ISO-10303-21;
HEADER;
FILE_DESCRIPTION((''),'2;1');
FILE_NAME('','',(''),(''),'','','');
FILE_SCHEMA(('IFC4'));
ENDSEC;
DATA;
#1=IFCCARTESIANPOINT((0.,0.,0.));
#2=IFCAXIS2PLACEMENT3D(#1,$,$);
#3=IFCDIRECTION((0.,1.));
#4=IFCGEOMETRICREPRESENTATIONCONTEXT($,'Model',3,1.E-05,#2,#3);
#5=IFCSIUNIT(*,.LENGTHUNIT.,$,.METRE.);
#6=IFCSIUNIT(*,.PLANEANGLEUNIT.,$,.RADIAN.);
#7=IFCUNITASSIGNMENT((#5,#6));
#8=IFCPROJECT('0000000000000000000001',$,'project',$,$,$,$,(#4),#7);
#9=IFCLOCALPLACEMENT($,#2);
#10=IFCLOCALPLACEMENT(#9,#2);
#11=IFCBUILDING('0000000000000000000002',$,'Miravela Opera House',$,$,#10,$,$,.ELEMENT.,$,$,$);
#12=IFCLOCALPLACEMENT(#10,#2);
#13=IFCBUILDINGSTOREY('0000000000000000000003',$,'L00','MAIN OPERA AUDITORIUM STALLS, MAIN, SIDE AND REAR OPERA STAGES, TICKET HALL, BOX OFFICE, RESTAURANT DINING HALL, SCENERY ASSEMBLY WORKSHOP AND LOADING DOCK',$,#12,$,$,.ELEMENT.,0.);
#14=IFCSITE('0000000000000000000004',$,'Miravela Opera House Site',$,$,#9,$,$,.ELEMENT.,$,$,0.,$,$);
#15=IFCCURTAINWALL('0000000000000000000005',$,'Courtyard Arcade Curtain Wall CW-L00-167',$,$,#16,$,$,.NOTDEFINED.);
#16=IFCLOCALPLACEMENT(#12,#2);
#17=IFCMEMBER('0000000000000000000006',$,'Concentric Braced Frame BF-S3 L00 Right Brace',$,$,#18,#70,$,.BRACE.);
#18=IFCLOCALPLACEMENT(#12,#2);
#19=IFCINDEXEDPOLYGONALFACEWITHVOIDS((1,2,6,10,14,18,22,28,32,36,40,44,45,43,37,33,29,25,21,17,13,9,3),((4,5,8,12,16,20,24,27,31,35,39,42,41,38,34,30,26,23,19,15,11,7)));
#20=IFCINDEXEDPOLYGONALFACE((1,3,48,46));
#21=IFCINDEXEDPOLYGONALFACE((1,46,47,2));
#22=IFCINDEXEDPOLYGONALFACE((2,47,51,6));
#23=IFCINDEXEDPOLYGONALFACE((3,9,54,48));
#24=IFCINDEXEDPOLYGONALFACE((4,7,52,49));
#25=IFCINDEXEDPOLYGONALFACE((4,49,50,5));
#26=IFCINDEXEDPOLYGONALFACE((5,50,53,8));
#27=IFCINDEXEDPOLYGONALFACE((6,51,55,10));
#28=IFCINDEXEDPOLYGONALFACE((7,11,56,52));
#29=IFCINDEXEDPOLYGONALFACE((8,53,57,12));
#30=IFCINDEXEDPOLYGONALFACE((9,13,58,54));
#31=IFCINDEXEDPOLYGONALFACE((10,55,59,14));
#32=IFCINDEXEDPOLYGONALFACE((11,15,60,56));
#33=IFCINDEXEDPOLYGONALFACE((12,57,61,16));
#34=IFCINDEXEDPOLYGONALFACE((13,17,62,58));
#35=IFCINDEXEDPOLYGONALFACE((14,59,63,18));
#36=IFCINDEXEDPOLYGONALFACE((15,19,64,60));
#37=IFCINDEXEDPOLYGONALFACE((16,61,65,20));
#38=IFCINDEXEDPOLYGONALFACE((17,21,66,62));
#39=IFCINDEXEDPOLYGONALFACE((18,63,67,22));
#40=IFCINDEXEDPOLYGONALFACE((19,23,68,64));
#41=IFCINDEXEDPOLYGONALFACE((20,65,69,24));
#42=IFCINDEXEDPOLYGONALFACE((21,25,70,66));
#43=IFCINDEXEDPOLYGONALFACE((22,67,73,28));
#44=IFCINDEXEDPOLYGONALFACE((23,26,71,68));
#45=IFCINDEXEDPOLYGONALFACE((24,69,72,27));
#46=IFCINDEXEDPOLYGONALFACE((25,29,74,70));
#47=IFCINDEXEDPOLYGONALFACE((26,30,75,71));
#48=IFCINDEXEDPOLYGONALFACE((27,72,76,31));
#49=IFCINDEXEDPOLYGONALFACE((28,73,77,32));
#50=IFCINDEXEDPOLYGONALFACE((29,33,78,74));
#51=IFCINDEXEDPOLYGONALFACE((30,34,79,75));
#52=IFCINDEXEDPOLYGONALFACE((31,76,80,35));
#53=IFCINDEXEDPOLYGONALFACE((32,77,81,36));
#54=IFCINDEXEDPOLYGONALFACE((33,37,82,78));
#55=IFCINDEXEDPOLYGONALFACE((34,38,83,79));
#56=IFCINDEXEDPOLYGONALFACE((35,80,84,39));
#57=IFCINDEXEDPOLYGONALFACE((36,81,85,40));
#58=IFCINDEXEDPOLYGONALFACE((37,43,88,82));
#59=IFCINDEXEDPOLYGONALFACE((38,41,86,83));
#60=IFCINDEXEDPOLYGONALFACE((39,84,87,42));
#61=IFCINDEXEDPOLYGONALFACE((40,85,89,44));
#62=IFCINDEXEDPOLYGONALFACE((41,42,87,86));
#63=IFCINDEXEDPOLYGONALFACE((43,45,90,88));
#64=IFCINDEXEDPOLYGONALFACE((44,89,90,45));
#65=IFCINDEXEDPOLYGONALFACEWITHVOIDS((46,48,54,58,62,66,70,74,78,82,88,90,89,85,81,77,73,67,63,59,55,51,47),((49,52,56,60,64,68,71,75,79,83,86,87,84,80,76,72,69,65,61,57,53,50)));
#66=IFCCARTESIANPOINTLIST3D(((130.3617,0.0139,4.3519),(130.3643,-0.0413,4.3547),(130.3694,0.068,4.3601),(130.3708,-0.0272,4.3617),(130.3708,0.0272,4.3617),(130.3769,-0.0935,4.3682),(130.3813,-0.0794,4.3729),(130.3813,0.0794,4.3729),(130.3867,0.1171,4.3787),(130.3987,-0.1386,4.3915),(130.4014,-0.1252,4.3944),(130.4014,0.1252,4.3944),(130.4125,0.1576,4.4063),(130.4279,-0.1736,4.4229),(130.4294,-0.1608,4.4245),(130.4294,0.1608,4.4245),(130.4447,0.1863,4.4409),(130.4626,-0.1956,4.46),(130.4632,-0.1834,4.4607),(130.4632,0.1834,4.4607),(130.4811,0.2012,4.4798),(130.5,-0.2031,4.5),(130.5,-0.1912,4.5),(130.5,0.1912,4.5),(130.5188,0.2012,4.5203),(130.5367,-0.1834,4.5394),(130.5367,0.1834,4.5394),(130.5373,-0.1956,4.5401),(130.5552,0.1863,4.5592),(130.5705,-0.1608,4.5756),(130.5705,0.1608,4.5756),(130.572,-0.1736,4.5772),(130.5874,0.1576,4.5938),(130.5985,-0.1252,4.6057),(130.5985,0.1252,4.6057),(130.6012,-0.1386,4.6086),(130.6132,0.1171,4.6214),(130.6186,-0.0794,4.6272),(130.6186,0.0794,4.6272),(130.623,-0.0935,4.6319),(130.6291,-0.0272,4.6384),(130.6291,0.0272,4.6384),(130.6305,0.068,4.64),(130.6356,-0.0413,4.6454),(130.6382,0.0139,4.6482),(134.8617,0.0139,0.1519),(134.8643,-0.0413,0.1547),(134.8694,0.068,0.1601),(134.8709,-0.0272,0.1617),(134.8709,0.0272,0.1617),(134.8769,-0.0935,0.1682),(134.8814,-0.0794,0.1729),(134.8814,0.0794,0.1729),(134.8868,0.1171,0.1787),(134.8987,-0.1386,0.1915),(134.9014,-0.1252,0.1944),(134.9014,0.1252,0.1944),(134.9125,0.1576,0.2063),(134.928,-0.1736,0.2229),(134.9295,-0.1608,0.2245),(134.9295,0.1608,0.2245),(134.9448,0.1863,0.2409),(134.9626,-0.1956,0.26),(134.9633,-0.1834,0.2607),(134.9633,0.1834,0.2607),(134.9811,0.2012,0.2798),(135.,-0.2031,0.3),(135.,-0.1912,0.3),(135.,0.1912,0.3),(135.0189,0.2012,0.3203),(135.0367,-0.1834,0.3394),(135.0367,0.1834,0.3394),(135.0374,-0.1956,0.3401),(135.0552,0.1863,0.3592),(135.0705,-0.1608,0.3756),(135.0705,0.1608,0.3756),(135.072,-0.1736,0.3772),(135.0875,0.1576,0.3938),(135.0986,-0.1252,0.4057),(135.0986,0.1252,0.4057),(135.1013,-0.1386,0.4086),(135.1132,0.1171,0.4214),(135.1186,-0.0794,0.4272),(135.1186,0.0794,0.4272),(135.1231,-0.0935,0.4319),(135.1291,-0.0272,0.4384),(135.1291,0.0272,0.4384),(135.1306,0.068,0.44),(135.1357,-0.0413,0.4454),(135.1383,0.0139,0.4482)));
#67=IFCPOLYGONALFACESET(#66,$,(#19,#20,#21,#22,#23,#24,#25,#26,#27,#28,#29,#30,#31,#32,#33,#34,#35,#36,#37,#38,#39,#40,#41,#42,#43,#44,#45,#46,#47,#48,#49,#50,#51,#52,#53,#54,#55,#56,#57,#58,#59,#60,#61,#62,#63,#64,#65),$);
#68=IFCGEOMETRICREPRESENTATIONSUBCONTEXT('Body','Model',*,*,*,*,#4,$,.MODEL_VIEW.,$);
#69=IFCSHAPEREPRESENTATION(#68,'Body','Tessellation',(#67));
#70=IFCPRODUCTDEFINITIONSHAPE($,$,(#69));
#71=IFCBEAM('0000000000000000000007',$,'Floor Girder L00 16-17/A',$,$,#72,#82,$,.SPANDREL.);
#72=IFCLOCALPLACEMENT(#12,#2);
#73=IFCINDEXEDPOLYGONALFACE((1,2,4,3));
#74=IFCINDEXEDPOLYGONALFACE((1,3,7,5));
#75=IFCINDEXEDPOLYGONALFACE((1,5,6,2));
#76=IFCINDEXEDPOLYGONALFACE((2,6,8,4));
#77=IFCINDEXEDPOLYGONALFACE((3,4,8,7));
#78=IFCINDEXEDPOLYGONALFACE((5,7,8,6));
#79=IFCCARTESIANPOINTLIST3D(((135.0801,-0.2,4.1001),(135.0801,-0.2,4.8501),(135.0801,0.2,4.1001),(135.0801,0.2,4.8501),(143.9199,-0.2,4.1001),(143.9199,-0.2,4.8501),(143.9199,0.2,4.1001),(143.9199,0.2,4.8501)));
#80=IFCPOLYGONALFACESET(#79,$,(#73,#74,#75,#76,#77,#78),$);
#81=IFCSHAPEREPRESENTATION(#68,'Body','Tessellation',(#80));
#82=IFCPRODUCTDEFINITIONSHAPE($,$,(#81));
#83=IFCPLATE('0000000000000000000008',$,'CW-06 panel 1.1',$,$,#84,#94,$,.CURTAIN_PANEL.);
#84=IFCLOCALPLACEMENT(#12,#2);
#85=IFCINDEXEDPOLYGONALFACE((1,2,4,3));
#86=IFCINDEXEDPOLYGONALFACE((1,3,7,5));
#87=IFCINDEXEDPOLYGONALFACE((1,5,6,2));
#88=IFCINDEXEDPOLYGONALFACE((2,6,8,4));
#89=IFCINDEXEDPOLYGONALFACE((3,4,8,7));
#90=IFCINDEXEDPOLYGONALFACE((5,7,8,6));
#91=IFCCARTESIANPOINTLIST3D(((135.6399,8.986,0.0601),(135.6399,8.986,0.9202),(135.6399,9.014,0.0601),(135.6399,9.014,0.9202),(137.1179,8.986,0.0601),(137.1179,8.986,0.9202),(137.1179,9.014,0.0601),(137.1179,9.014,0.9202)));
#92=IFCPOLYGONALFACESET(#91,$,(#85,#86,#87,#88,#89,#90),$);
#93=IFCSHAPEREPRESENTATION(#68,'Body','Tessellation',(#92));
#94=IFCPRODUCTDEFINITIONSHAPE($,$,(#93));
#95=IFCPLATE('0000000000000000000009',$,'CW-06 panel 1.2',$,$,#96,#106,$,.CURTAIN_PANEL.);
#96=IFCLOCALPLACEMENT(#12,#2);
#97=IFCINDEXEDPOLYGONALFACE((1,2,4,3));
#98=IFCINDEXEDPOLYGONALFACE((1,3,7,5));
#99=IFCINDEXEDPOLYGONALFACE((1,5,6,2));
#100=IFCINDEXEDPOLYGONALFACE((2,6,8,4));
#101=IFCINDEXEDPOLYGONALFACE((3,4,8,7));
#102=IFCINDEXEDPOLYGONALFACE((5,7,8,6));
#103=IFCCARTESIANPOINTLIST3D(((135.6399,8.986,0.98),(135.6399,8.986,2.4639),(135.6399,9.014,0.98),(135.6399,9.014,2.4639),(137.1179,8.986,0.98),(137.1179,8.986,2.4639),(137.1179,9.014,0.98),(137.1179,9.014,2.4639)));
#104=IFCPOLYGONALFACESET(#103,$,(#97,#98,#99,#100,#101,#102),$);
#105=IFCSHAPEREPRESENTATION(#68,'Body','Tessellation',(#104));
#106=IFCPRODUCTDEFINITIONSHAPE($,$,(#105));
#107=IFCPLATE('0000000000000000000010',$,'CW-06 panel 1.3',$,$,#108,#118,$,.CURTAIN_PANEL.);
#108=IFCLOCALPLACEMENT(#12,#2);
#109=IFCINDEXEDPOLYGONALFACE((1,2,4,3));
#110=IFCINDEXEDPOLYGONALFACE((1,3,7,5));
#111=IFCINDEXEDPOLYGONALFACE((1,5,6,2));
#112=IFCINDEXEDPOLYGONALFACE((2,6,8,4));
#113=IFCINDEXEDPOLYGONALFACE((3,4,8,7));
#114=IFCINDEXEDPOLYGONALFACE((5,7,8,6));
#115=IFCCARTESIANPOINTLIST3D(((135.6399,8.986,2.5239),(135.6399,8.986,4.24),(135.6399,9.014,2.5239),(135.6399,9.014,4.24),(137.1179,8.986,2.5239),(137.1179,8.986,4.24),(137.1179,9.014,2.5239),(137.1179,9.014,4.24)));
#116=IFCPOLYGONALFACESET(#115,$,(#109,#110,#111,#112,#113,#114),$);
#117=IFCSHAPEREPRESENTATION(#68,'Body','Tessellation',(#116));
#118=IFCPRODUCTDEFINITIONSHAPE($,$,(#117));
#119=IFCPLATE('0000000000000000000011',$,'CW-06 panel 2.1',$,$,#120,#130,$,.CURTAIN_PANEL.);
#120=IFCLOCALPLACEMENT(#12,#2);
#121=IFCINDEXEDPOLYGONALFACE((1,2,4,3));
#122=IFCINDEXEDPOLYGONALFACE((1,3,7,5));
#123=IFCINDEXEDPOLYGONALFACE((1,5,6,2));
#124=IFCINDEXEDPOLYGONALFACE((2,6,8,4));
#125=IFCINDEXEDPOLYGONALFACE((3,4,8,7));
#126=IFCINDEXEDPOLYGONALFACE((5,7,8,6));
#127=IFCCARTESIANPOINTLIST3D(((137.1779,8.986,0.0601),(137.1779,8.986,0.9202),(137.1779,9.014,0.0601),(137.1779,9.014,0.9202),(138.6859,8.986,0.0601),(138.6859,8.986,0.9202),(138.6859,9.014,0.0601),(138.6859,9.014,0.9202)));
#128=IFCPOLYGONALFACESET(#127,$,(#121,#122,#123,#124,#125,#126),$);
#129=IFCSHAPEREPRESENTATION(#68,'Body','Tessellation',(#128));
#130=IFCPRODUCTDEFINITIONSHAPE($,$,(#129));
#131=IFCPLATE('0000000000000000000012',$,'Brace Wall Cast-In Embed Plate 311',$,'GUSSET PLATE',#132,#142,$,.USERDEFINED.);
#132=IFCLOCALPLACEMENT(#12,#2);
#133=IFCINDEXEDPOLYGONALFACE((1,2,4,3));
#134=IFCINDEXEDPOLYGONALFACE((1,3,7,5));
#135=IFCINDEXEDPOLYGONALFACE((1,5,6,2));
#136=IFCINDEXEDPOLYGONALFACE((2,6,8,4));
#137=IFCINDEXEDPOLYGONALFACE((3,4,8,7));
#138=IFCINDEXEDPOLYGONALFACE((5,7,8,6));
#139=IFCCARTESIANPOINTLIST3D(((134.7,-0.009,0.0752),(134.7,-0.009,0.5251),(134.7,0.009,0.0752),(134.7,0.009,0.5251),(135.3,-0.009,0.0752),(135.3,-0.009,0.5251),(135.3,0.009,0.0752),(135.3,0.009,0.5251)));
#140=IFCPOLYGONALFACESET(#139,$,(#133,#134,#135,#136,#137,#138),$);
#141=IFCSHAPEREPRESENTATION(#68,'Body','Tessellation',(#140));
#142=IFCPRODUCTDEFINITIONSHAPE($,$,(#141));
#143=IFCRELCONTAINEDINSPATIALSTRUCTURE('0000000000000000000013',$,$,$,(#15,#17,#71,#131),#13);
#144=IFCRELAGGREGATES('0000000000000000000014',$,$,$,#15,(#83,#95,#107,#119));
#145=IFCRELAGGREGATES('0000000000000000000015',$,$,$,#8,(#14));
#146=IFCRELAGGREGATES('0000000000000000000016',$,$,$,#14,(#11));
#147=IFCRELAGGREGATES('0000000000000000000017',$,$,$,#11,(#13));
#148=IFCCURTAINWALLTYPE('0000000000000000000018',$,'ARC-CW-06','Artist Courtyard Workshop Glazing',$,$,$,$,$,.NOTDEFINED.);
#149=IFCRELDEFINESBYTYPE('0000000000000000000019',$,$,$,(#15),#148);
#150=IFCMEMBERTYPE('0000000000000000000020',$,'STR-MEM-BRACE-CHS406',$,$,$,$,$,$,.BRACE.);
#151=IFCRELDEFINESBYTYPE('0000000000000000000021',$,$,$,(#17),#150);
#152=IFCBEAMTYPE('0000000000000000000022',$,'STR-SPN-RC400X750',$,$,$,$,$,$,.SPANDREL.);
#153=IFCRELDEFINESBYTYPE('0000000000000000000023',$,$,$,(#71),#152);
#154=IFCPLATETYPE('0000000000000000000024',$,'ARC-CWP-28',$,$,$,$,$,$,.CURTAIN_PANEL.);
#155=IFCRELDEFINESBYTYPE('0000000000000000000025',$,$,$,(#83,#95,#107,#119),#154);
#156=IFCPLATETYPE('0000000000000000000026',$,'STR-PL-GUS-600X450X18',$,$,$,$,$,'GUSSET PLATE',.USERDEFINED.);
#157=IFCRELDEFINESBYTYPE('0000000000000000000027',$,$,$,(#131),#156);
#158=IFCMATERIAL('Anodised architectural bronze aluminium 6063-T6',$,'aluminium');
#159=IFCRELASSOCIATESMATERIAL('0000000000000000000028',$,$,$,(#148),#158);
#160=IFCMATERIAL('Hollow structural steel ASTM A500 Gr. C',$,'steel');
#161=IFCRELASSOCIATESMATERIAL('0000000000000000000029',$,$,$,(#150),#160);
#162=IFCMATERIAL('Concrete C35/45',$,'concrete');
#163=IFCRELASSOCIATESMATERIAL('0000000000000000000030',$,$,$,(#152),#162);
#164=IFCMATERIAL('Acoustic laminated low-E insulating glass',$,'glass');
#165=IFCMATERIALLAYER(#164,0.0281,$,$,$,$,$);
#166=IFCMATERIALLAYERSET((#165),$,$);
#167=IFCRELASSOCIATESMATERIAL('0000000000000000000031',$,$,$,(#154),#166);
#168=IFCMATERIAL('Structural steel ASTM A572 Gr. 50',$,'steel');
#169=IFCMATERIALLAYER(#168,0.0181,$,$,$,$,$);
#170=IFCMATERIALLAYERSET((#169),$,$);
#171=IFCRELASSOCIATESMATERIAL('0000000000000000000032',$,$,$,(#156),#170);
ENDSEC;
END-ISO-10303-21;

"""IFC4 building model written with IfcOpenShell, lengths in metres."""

from ifc_helpers import new_model, si_unit, direction, frame, origin, origin_2d, place, context, subcontext, project, spatial, rectangle, hollow_circle, extrude, material, layer, layer_set, material_profile, profile_set, type_object, element, aggregate, save


model = new_model("IFC4")

# Units and contexts
model_context = context("Model", 3, precision=1e-05, world=origin(), true_north=direction((0.0, 1.0)))
body_context = subcontext(model_context, "Body", "Model", "MODEL_VIEW")
ifc_project = project(units=[si_unit("LENGTHUNIT", "METRE"), si_unit("PLANEANGLEUNIT", "RADIAN")], contexts=[model_context])

# Site, building, storey
site_placement = place(None, origin())
site = spatial("IfcSite", under=ifc_project, at=site_placement, Name="Miravela Opera House Site", CompositionType="ELEMENT", RefElevation=0.0)
building_placement = place(site_placement, origin())
building = spatial("IfcBuilding", under=site, at=building_placement, Name="Miravela Opera House", CompositionType="ELEMENT")
storey_placement = place(building_placement, origin())
storey = spatial("IfcBuildingStorey", under=building, at=storey_placement, Name="L00", Description="MAIN OPERA AUDITORIUM STALLS, MAIN, SIDE AND REAR OPERA STAGES, TICKET HALL, BOX OFFICE, RESTAURANT DINING HALL, SCENERY ASSEMBLY WORKSHOP AND LOADING DOCK", CompositionType="ELEMENT", Elevation=0.0)

# Shared definitions
ifc_material_1 = material(Name="Concrete C35/45", Category="concrete")

# Shared definitions
ifc_material_2 = material(Name="Anodised architectural bronze aluminium 6063-T6", Category="aluminium")
curtain_wall_type = type_object("IfcCurtainWallType", Name="ARC-CW-06", Description="Artist Courtyard Workshop Glazing", PredefinedType="NOTDEFINED", material=ifc_material_2)

# Curtain wall
curtain_wall_1_placement = place(storey_placement, origin())
curtain_wall_1 = element("IfcCurtainWall", 1, at=curtain_wall_1_placement, inside=storey, type_object=curtain_wall_type, Name="Courtyard Arcade Curtain Wall CW-L00-167", PredefinedType="NOTDEFINED")

# Member
ifc_material_3 = material(Name="Hollow structural steel ASTM A500 Gr. C", Category="steel")
ifc_material_profile_1 = material_profile(ifc_material_3, hollow_circle(Radius=0.2031, WallThickness=0.012, at=origin_2d()), Name="CHS406X12")
ifc_profile_set_1 = profile_set([ifc_material_profile_1])
member_type_1 = type_object("IfcMemberType", Name="STR-MEM-BRACE-CHS406", PredefinedType="BRACE", material=ifc_profile_set_1)
member_1_placement = place(storey_placement, frame((135.0, 0.0, 0.3), z_axis=(-0.731059, 0.0, 0.682314), x_axis=(0.0, -1.0, 0.0)))
element("IfcMember", 2, at=member_1_placement, inside=storey, type_object=member_type_1, Name="Concentric Braced Frame BF-S3 L00 Right Brace", PredefinedType="BRACE", context=body_context, shape_type="SweptSolid", body=[
    extrude(hollow_circle(Radius=0.2031, WallThickness=0.012, at=origin_2d()), origin(), (0.0, 0.0, 1.0), 6.1555),
])

# Beam
ifc_material_profile_2 = material_profile(ifc_material_1, rectangle(XDim=0.3999, YDim=0.75, at=origin_2d()), Name="RC-SPN-400X750")
ifc_profile_set_2 = profile_set([ifc_material_profile_2])
beam_type_1 = type_object("IfcBeamType", Name="STR-SPN-RC400X750", PredefinedType="SPANDREL", material=ifc_profile_set_2)
beam_1_placement = place(storey_placement, frame((135.0801, 0.0, 4.4751), z_axis=(1.0, 0.0, 0.0), x_axis=(0.0, 1.0, 0.0)))
element("IfcBeam", 3, at=beam_1_placement, inside=storey, type_object=beam_type_1, Name="Floor Girder L00 16-17/A", PredefinedType="SPANDREL", context=body_context, shape_type="SweptSolid", body=[
    extrude(rectangle(XDim=0.3999, YDim=0.75, at=origin_2d()), origin(), (0.0, 0.0, 1.0), 8.8398),
])

# Plates
ifc_material_4 = material(Name="Acoustic laminated low-E insulating glass", Category="glass")
ifc_layer_1 = layer(ifc_material_4, 0.0281)
ifc_layer_set_1 = layer_set([ifc_layer_1])
plate_type_1 = type_object("IfcPlateType", Name="ARC-CWP-28", PredefinedType="CURTAIN_PANEL", material=ifc_layer_set_1)
plate_1_placement = place(storey_placement, frame((136.3789, 9.0, 0.0601), z_axis=(0.0, 0.0, 1.0), x_axis=(1.0, 0.0, 0.0)))
plate_1 = element("IfcPlate", 4, at=plate_1_placement, type_object=plate_type_1, Name="CW-06 panel 1.1", PredefinedType="CURTAIN_PANEL", context=body_context, shape_type="SweptSolid", body=[
    extrude(rectangle(XDim=1.478, YDim=0.0281, at=origin_2d()), origin(), (0.0, 0.0, 1.0), 0.8601),
])
plate_2_placement = place(storey_placement, frame((136.3789, 9.0, 0.98), z_axis=(0.0, 0.0, 1.0), x_axis=(1.0, 0.0, 0.0)))
plate_2 = element("IfcPlate", 5, at=plate_2_placement, type_object=plate_type_1, Name="CW-06 panel 1.2", PredefinedType="CURTAIN_PANEL", context=body_context, shape_type="SweptSolid", body=[
    extrude(rectangle(XDim=1.478, YDim=0.0281, at=origin_2d()), origin(), (0.0, 0.0, 1.0), 1.4839),
])
plate_3_placement = place(storey_placement, frame((136.3789, 9.0, 2.5239), z_axis=(0.0, 0.0, 1.0), x_axis=(1.0, 0.0, 0.0)))
plate_3 = element("IfcPlate", 6, at=plate_3_placement, type_object=plate_type_1, Name="CW-06 panel 1.3", PredefinedType="CURTAIN_PANEL", context=body_context, shape_type="SweptSolid", body=[
    extrude(rectangle(XDim=1.478, YDim=0.0281, at=origin_2d()), origin(), (0.0, 0.0, 1.0), 1.7161),
])
plate_4_placement = place(storey_placement, frame((137.9319, 9.0, 0.0601), z_axis=(0.0, 0.0, 1.0), x_axis=(1.0, 0.0, 0.0)))
plate_4 = element("IfcPlate", 7, at=plate_4_placement, type_object=plate_type_1, Name="CW-06 panel 2.1", PredefinedType="CURTAIN_PANEL", context=body_context, shape_type="SweptSolid", body=[
    extrude(rectangle(XDim=1.5081, YDim=0.0281, at=origin_2d()), origin(), (0.0, 0.0, 1.0), 0.8601),
])
aggregate(curtain_wall_1, [plate_1, plate_2, plate_3, plate_4])
ifc_material_5 = material(Name="Structural steel ASTM A572 Gr. 50", Category="steel")
ifc_layer_2 = layer(ifc_material_5, 0.0181)
ifc_layer_set_2 = layer_set([ifc_layer_2])
plate_type_2 = type_object("IfcPlateType", Name="STR-PL-GUS-600X450X18", ElementType="GUSSET PLATE", PredefinedType="USERDEFINED", material=ifc_layer_set_2)
plate_5_placement = place(storey_placement, frame((135.0, 0.0, 0.0752), z_axis=(0.0, 0.0, 1.0), x_axis=(1.0, 0.0, 0.0)))
element("IfcPlate", 8, at=plate_5_placement, inside=storey, type_object=plate_type_2, Name="Brace Wall Cast-In Embed Plate 311", ObjectType="GUSSET PLATE", PredefinedType="USERDEFINED", context=body_context, shape_type="SweptSolid", body=[
    extrude(rectangle(XDim=0.6001, YDim=0.0181, at=origin_2d()), origin(), (0.0, 0.0, 1.0), 0.45),
])

save(model, "model.ifc")
